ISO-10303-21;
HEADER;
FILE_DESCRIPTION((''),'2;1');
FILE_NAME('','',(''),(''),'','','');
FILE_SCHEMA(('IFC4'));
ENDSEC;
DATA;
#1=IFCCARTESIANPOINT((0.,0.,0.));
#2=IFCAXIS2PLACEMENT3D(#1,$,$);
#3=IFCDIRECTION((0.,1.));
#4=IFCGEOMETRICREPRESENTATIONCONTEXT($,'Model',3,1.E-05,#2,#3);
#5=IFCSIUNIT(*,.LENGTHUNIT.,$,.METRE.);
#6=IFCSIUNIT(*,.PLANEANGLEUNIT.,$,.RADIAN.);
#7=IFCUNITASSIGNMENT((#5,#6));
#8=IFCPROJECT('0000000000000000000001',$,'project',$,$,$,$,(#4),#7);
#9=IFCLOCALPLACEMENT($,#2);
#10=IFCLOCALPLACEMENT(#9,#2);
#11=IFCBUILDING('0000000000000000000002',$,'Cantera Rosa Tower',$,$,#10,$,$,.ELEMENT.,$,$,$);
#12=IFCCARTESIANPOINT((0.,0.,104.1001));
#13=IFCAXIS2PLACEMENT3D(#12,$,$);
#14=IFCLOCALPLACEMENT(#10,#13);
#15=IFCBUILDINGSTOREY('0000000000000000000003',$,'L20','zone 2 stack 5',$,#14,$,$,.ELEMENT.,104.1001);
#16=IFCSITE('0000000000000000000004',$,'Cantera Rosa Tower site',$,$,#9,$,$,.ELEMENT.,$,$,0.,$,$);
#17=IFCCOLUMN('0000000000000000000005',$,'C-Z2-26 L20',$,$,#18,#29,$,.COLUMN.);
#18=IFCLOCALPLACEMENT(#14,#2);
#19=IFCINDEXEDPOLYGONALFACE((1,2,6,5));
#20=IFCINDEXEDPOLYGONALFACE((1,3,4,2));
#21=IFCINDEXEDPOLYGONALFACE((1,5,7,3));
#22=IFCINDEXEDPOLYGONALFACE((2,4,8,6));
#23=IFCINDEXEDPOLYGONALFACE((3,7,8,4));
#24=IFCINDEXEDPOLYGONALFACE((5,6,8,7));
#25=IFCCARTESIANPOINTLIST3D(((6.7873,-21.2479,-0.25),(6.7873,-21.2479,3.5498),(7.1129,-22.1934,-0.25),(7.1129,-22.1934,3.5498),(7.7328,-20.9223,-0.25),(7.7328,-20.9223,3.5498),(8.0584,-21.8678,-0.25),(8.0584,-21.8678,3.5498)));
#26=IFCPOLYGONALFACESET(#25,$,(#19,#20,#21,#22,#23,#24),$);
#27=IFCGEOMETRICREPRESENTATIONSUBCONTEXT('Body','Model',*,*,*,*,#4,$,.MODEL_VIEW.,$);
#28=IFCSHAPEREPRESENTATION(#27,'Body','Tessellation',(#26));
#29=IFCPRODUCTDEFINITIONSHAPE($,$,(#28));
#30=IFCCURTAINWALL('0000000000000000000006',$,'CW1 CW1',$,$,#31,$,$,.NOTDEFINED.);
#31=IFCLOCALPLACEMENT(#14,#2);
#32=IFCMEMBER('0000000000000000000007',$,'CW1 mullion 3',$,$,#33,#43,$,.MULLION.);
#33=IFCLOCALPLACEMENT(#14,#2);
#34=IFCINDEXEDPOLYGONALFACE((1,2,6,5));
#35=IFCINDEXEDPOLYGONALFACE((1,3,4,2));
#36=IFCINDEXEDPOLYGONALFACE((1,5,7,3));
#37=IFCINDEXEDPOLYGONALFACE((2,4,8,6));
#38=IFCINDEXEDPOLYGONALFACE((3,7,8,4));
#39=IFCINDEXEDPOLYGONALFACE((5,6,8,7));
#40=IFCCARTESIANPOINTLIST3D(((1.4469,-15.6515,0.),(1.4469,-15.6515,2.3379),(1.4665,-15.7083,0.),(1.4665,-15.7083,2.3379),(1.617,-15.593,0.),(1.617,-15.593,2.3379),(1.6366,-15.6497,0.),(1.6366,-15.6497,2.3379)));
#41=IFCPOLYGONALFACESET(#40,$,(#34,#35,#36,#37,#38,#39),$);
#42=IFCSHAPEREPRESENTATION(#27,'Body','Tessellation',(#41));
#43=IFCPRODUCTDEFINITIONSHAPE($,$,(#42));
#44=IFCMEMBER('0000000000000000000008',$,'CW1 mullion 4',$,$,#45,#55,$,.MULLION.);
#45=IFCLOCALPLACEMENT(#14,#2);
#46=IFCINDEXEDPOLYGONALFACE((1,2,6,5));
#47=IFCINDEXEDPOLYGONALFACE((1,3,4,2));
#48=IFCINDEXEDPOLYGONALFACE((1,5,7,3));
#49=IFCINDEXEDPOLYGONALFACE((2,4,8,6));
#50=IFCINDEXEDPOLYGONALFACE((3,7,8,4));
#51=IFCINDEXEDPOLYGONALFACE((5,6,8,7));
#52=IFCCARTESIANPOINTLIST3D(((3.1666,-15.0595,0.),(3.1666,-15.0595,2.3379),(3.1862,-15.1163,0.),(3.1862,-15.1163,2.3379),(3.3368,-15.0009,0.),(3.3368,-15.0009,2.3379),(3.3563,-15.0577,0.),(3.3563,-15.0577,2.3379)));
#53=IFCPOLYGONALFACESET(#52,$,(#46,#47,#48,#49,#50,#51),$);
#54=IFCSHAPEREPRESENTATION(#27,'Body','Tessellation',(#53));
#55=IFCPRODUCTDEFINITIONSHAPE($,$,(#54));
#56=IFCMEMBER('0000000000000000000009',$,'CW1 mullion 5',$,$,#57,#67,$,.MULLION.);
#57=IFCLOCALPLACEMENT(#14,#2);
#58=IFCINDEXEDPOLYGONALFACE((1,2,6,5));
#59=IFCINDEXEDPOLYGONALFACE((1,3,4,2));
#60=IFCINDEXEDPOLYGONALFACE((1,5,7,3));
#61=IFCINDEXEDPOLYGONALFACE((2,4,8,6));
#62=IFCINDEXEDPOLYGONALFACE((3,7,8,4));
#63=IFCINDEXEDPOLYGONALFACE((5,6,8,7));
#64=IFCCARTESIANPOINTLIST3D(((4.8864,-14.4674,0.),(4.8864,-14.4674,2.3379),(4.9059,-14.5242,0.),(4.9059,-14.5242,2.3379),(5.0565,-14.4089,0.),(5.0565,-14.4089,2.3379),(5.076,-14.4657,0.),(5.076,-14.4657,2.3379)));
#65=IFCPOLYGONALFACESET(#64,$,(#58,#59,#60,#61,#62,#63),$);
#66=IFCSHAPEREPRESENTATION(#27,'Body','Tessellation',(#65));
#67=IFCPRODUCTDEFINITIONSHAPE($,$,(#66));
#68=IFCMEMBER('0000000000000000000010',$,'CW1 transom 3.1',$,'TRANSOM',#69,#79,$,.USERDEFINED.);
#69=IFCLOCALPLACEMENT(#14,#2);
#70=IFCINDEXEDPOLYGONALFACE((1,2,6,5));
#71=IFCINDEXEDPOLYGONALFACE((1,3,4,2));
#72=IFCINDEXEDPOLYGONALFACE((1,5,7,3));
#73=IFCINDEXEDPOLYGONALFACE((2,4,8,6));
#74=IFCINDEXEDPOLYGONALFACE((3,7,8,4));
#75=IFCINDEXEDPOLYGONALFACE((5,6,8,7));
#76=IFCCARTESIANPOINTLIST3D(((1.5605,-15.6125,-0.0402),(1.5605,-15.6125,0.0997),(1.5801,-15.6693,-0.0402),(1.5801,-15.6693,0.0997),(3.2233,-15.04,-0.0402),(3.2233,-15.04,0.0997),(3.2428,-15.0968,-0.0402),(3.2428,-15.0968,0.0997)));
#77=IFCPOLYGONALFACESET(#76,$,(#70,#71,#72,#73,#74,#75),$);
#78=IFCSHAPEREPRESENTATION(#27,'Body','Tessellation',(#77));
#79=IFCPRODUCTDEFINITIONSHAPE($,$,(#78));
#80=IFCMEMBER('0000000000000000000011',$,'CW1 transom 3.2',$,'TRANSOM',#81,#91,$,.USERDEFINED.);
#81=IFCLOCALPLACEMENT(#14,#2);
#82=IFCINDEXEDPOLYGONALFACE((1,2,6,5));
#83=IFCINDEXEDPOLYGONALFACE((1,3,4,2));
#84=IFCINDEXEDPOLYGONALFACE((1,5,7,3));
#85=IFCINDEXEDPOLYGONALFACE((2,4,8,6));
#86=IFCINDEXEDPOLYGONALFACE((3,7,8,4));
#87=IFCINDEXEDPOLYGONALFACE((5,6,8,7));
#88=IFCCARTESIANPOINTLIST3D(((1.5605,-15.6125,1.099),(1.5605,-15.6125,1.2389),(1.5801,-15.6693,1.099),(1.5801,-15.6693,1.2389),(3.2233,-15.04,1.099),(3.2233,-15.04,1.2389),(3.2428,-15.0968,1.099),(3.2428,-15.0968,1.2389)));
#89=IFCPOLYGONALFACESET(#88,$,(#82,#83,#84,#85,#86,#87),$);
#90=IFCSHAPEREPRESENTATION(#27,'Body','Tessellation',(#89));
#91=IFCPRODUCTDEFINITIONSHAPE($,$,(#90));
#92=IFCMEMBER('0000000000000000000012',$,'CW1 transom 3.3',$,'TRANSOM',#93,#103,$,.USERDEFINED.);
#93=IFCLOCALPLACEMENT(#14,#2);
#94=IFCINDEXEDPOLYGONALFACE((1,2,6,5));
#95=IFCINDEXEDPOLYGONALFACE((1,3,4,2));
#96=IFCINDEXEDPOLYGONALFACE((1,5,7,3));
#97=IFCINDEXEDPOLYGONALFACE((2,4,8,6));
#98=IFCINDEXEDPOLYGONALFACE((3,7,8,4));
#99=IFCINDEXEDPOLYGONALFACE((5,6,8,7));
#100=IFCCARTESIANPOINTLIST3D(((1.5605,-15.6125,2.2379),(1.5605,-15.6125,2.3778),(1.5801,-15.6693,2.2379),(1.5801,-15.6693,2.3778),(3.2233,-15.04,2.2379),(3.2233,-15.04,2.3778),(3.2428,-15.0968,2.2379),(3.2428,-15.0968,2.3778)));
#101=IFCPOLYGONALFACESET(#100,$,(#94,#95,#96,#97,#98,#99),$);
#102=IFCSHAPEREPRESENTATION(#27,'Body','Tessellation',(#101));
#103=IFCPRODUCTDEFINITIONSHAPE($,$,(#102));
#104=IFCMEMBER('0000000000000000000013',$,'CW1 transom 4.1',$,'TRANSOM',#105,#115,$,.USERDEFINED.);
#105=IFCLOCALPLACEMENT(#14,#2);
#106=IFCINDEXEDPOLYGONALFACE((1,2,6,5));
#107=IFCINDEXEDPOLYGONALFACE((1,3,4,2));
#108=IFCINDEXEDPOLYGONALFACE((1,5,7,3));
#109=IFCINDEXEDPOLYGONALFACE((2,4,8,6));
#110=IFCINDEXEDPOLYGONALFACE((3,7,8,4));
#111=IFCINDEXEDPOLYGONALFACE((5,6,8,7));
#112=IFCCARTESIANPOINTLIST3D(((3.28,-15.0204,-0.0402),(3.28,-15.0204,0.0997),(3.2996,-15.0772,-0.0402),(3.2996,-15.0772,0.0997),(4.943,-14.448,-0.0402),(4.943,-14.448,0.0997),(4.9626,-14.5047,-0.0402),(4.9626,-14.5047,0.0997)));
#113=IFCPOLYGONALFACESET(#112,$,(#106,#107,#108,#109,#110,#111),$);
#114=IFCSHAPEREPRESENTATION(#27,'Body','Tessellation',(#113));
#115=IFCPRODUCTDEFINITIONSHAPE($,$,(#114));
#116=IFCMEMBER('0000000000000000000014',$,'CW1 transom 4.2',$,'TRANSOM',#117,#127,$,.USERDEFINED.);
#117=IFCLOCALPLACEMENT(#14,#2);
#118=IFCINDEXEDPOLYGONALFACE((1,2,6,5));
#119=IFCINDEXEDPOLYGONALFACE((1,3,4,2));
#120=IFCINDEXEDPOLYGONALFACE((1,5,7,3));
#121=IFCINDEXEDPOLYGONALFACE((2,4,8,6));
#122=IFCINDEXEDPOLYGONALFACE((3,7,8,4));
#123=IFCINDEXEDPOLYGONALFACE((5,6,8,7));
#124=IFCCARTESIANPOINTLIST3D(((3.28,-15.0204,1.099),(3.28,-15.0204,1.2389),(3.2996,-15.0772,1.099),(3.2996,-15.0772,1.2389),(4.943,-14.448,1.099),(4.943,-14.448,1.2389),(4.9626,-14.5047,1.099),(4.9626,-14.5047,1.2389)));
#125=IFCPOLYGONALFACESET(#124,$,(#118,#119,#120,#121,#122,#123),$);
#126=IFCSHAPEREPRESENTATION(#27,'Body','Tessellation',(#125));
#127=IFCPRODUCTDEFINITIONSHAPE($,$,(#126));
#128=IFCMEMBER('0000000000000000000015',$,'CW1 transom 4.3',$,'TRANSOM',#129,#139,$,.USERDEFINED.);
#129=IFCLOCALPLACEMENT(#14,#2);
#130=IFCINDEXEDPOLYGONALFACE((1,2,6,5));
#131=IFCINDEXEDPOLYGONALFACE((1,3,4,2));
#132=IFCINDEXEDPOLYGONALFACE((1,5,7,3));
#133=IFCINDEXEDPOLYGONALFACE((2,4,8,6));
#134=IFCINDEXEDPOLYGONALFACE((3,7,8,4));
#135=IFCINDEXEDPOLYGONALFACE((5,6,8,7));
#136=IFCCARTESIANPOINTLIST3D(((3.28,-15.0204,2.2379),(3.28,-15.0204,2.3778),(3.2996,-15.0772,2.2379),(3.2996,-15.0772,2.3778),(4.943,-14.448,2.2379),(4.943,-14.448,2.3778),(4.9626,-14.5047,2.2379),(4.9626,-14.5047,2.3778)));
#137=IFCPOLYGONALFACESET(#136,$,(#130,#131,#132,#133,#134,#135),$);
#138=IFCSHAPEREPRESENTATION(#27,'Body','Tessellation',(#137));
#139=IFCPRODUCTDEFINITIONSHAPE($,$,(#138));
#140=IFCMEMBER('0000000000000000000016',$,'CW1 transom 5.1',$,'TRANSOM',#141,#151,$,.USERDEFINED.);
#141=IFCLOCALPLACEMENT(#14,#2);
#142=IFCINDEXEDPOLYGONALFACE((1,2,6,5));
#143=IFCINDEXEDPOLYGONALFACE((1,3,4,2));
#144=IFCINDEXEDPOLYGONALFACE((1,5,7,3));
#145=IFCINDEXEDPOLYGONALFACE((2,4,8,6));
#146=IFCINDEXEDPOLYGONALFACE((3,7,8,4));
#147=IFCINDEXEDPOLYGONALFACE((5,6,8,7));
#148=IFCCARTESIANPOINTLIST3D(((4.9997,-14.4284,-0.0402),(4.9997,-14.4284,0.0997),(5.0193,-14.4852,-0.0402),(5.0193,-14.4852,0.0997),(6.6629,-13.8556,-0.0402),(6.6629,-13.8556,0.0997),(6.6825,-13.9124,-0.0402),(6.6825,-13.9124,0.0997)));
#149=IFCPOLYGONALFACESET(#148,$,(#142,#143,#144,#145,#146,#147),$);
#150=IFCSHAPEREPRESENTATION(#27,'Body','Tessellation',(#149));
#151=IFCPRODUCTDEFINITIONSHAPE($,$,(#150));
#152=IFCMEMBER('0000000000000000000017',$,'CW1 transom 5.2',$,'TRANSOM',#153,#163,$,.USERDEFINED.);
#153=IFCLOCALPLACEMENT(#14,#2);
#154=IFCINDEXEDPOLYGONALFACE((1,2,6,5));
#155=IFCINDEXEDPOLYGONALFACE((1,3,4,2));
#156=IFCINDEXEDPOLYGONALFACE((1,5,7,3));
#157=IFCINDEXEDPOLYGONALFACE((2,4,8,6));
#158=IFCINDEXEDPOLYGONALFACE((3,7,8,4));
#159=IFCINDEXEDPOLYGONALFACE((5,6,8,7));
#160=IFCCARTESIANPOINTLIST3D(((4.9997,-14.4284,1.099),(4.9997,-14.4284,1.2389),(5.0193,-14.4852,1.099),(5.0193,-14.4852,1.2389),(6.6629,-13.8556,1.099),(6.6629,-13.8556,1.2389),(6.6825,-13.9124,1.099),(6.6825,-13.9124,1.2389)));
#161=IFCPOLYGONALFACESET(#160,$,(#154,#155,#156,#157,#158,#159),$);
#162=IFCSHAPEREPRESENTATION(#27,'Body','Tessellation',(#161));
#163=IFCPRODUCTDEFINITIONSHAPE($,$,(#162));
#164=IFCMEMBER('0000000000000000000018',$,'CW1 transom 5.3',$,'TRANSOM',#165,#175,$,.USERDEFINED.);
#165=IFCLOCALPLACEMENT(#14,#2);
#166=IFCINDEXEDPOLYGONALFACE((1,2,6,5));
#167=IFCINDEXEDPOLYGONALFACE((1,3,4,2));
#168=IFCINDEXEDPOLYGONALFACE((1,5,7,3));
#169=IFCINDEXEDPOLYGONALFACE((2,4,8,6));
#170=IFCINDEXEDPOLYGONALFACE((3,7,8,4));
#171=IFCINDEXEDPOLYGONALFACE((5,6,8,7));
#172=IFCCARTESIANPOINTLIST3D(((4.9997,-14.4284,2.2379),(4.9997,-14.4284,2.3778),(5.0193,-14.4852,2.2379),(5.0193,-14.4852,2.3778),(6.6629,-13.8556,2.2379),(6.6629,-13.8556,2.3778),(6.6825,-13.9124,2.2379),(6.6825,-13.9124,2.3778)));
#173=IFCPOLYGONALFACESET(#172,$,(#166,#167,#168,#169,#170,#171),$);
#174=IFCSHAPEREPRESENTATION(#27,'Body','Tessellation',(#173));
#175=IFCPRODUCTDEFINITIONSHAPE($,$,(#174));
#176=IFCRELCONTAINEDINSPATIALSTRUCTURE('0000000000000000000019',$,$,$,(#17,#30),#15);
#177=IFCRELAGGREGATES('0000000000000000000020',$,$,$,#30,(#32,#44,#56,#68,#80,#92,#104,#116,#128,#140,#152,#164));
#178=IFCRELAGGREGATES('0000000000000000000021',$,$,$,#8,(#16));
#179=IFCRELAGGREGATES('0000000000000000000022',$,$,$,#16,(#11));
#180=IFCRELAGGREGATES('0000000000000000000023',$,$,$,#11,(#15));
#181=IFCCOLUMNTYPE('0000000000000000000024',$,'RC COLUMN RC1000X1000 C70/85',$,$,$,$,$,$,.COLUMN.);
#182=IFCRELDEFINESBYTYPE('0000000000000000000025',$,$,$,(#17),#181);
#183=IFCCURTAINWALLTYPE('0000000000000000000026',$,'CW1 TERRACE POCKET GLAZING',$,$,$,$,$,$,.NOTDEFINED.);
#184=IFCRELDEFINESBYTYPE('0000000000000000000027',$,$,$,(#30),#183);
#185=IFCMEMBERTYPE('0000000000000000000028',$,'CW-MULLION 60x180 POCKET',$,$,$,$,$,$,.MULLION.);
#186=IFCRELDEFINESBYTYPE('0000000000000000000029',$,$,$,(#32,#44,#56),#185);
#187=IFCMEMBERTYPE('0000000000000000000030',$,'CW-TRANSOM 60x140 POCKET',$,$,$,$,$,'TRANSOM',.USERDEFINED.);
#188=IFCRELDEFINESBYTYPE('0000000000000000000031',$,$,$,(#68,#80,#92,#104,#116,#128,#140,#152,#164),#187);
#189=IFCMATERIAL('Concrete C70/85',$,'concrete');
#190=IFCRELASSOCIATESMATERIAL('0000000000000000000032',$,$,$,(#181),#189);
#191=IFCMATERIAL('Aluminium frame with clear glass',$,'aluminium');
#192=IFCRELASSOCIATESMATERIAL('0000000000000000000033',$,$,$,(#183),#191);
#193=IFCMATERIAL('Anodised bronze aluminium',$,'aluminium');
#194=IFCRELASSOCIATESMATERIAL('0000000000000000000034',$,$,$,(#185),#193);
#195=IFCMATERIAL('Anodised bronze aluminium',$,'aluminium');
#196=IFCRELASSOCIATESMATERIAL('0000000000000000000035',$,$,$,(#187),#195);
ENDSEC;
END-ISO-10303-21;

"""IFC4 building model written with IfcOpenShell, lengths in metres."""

from ifc_helpers import new_model, si_unit, direction, frame, origin, origin_2d, place, context, subcontext, project, spatial, rectangle, extrude, material, material_profile, profile_set, type_object, element, aggregate, save


model = new_model("IFC4")

# Units and contexts
model_context = context("Model", 3, precision=1e-05, world=origin(), true_north=direction((0.0, 1.0)))
body_context = subcontext(model_context, "Body", "Model", "MODEL_VIEW")
ifc_project = project(units=[si_unit("LENGTHUNIT", "METRE"), si_unit("PLANEANGLEUNIT", "RADIAN")], contexts=[model_context])

# Site, building, storey
site_placement = place(None, origin())
site = spatial("IfcSite", under=ifc_project, at=site_placement, Name="Cantera Rosa Tower site", CompositionType="ELEMENT", RefElevation=0.0)
building_placement = place(site_placement, origin())
building = spatial("IfcBuilding", under=site, at=building_placement, Name="Cantera Rosa Tower", CompositionType="ELEMENT")
storey_placement = place(building_placement, frame((0.0, 0.0, 104.1001)))
storey = spatial("IfcBuildingStorey", under=building, at=storey_placement, Name="L20", Description="zone 2 stack 5", CompositionType="ELEMENT", Elevation=104.1001)

# Column
ifc_material_1 = material(Name="Concrete C70/85", Category="concrete")
ifc_material_profile_1 = material_profile(ifc_material_1, rectangle(XDim=1.0, YDim=1.0, at=origin_2d()), Name="RC COLUMN RC1000X1000 C70/85")
ifc_profile_set_1 = profile_set([ifc_material_profile_1], Name="Concrete C70/85")
column_type = type_object("IfcColumnType", Name="RC COLUMN RC1000X1000 C70/85", PredefinedType="COLUMN", material=ifc_profile_set_1)
column_placement = place(storey_placement, frame((7.4229, -21.5579, -0.25), z_axis=(0.0, 0.0, 1.0), x_axis=(0.945519, 0.325568, 0.0)))
element("IfcColumn", 1, at=column_placement, inside=storey, type_object=column_type, Name="C-Z2-26 L20", PredefinedType="COLUMN", context=body_context, shape_type="SweptSolid", body=[
    extrude(rectangle(XDim=1.0, YDim=1.0, at=origin_2d()), origin(), (0.0, 0.0, 1.0), 3.7998),
])

# Curtain wall, members
ifc_material_2 = material(Name="Aluminium frame with clear glass", Category="aluminium")
curtain_wall_type = type_object("IfcCurtainWallType", Name="CW1 TERRACE POCKET GLAZING", PredefinedType="NOTDEFINED", material=ifc_material_2)
curtain_wall_placement = place(storey_placement, origin())
curtain_wall = element("IfcCurtainWall", 2, at=curtain_wall_placement, inside=storey, type_object=curtain_wall_type, Name="CW1 CW1", PredefinedType="NOTDEFINED")
ifc_material_3 = material(Name="Anodised bronze aluminium", Category="aluminium")
ifc_material_profile_2 = material_profile(ifc_material_3, rectangle(XDim=0.0601, YDim=0.1799, at=origin_2d()), Name="CW-MULLION 60x180 POCKET")
ifc_profile_set_2 = profile_set([ifc_material_profile_2], Name="Anodised bronze aluminium")
member_type_1 = type_object("IfcMemberType", Name="CW-MULLION 60x180 POCKET", PredefinedType="MULLION", material=ifc_profile_set_2)
member_1_placement = place(storey_placement, frame((1.5417, -15.6506, 0.0), z_axis=(0.0, 0.0, 1.0), x_axis=(-0.325568, 0.945519, 0.0)))
member_1 = element("IfcMember", 3, at=member_1_placement, type_object=member_type_1, Name="CW1 mullion 3", PredefinedType="MULLION", context=body_context, shape_type="SweptSolid", body=[
    extrude(rectangle(XDim=0.0601, YDim=0.1799, at=origin_2d()), origin(), (0.0, 0.0, 1.0), 2.3379),
])
member_2_placement = place(storey_placement, frame((3.2615, -15.0586, 0.0), z_axis=(0.0, 0.0, 1.0), x_axis=(-0.325568, 0.945519, 0.0)))
member_2 = element("IfcMember", 4, at=member_2_placement, type_object=member_type_1, Name="CW1 mullion 4", PredefinedType="MULLION", context=body_context, shape_type="SweptSolid", body=[
    extrude(rectangle(XDim=0.0601, YDim=0.1799, at=origin_2d()), origin(), (0.0, 0.0, 1.0), 2.3379),
])
member_3_placement = place(storey_placement, frame((4.9812, -14.4666, 0.0), z_axis=(0.0, 0.0, 1.0), x_axis=(-0.325568, 0.945519, 0.0)))
member_3 = element("IfcMember", 5, at=member_3_placement, type_object=member_type_1, Name="CW1 mullion 5", PredefinedType="MULLION", context=body_context, shape_type="SweptSolid", body=[
    extrude(rectangle(XDim=0.0601, YDim=0.1799, at=origin_2d()), origin(), (0.0, 0.0, 1.0), 2.3379),
])
ifc_material_4 = material(Name="Anodised bronze aluminium", Category="aluminium")
ifc_material_profile_3 = material_profile(ifc_material_4, rectangle(XDim=0.0601, YDim=0.1399, at=origin_2d()), Name="CW-TRANSOM 60x140 POCKET")
ifc_profile_set_3 = profile_set([ifc_material_profile_3], Name="Anodised bronze aluminium")
member_type_2 = type_object("IfcMemberType", Name="CW-TRANSOM 60x140 POCKET", ElementType="TRANSOM", PredefinedType="USERDEFINED", material=ifc_profile_set_3)
member_4_placement = place(storey_placement, frame((1.5703, -15.6409, 0.0298), z_axis=(0.945528, 0.325541, 0.0), x_axis=(-0.325541, 0.945528, 0.0)))
member_4 = element("IfcMember", 6, at=member_4_placement, type_object=member_type_2, Name="CW1 transom 3.1", ObjectType="TRANSOM", PredefinedType="USERDEFINED", context=body_context, shape_type="SweptSolid", body=[
    extrude(rectangle(XDim=0.0601, YDim=0.1399, at=origin_2d()), origin(), (0.0, 0.0, 1.0), 1.7585),
])
member_5_placement = place(storey_placement, frame((1.5703, -15.6409, 1.1689), z_axis=(0.945528, 0.325541, 0.0), x_axis=(-0.325541, 0.945528, 0.0)))
member_5 = element("IfcMember", 7, at=member_5_placement, type_object=member_type_2, Name="CW1 transom 3.2", ObjectType="TRANSOM", PredefinedType="USERDEFINED", context=body_context, shape_type="SweptSolid", body=[
    extrude(rectangle(XDim=0.0601, YDim=0.1399, at=origin_2d()), origin(), (0.0, 0.0, 1.0), 1.7585),
])
member_6_placement = place(storey_placement, frame((1.5703, -15.6409, 2.3079), z_axis=(0.945528, 0.325541, 0.0), x_axis=(-0.325541, 0.945528, 0.0)))
member_6 = element("IfcMember", 8, at=member_6_placement, type_object=member_type_2, Name="CW1 transom 3.3", ObjectType="TRANSOM", PredefinedType="USERDEFINED", context=body_context, shape_type="SweptSolid", body=[
    extrude(rectangle(XDim=0.0601, YDim=0.1399, at=origin_2d()), origin(), (0.0, 0.0, 1.0), 1.7585),
])
member_7_placement = place(storey_placement, frame((3.2898, -15.0488, 0.0298), z_axis=(0.945542, 0.325499, 0.0), x_axis=(-0.325499, 0.945542, 0.0)))
member_7 = element("IfcMember", 9, at=member_7_placement, type_object=member_type_2, Name="CW1 transom 4.1", ObjectType="TRANSOM", PredefinedType="USERDEFINED", context=body_context, shape_type="SweptSolid", body=[
    extrude(rectangle(XDim=0.0601, YDim=0.1399, at=origin_2d()), origin(), (0.0, 0.0, 1.0), 1.7588),
])
member_8_placement = place(storey_placement, frame((3.2898, -15.0488, 1.1689), z_axis=(0.945542, 0.325499, 0.0), x_axis=(-0.325499, 0.945542, 0.0)))
member_8 = element("IfcMember", 10, at=member_8_placement, type_object=member_type_2, Name="CW1 transom 4.2", ObjectType="TRANSOM", PredefinedType="USERDEFINED", context=body_context, shape_type="SweptSolid", body=[
    extrude(rectangle(XDim=0.0601, YDim=0.1399, at=origin_2d()), origin(), (0.0, 0.0, 1.0), 1.7588),
])
member_9_placement = place(storey_placement, frame((3.2898, -15.0488, 2.3079), z_axis=(0.945542, 0.325499, 0.0), x_axis=(-0.325499, 0.945542, 0.0)))
member_9 = element("IfcMember", 11, at=member_9_placement, type_object=member_type_2, Name="CW1 transom 4.3", ObjectType="TRANSOM", PredefinedType="USERDEFINED", context=body_context, shape_type="SweptSolid", body=[
    extrude(rectangle(XDim=0.0601, YDim=0.1399, at=origin_2d()), origin(), (0.0, 0.0, 1.0), 1.7588),
])
member_10_placement = place(storey_placement, frame((5.0095, -14.4568, 0.0298), z_axis=(0.9455, 0.325623, 0.0), x_axis=(-0.325623, 0.9455, 0.0)))
member_10 = element("IfcMember", 12, at=member_10_placement, type_object=member_type_2, Name="CW1 transom 5.1", ObjectType="TRANSOM", PredefinedType="USERDEFINED", context=body_context, shape_type="SweptSolid", body=[
    extrude(rectangle(XDim=0.0601, YDim=0.1399, at=origin_2d()), origin(), (0.0, 0.0, 1.0), 1.759),
])
member_11_placement = place(storey_placement, frame((5.0095, -14.4568, 1.1689), z_axis=(0.9455, 0.325623, 0.0), x_axis=(-0.325623, 0.9455, 0.0)))
member_11 = element("IfcMember", 13, at=member_11_placement, type_object=member_type_2, Name="CW1 transom 5.2", ObjectType="TRANSOM", PredefinedType="USERDEFINED", context=body_context, shape_type="SweptSolid", body=[
    extrude(rectangle(XDim=0.0601, YDim=0.1399, at=origin_2d()), origin(), (0.0, 0.0, 1.0), 1.759),
])
member_12_placement = place(storey_placement, frame((5.0095, -14.4568, 2.3079), z_axis=(0.9455, 0.325623, 0.0), x_axis=(-0.325623, 0.9455, 0.0)))
member_12 = element("IfcMember", 14, at=member_12_placement, type_object=member_type_2, Name="CW1 transom 5.3", ObjectType="TRANSOM", PredefinedType="USERDEFINED", context=body_context, shape_type="SweptSolid", body=[
    extrude(rectangle(XDim=0.0601, YDim=0.1399, at=origin_2d()), origin(), (0.0, 0.0, 1.0), 1.759),
])

aggregate(curtain_wall, [member_1, member_2, member_3, member_4, member_5, member_6, member_7, member_8, member_9, member_10, member_11, member_12])

save(model, "model.ifc")
